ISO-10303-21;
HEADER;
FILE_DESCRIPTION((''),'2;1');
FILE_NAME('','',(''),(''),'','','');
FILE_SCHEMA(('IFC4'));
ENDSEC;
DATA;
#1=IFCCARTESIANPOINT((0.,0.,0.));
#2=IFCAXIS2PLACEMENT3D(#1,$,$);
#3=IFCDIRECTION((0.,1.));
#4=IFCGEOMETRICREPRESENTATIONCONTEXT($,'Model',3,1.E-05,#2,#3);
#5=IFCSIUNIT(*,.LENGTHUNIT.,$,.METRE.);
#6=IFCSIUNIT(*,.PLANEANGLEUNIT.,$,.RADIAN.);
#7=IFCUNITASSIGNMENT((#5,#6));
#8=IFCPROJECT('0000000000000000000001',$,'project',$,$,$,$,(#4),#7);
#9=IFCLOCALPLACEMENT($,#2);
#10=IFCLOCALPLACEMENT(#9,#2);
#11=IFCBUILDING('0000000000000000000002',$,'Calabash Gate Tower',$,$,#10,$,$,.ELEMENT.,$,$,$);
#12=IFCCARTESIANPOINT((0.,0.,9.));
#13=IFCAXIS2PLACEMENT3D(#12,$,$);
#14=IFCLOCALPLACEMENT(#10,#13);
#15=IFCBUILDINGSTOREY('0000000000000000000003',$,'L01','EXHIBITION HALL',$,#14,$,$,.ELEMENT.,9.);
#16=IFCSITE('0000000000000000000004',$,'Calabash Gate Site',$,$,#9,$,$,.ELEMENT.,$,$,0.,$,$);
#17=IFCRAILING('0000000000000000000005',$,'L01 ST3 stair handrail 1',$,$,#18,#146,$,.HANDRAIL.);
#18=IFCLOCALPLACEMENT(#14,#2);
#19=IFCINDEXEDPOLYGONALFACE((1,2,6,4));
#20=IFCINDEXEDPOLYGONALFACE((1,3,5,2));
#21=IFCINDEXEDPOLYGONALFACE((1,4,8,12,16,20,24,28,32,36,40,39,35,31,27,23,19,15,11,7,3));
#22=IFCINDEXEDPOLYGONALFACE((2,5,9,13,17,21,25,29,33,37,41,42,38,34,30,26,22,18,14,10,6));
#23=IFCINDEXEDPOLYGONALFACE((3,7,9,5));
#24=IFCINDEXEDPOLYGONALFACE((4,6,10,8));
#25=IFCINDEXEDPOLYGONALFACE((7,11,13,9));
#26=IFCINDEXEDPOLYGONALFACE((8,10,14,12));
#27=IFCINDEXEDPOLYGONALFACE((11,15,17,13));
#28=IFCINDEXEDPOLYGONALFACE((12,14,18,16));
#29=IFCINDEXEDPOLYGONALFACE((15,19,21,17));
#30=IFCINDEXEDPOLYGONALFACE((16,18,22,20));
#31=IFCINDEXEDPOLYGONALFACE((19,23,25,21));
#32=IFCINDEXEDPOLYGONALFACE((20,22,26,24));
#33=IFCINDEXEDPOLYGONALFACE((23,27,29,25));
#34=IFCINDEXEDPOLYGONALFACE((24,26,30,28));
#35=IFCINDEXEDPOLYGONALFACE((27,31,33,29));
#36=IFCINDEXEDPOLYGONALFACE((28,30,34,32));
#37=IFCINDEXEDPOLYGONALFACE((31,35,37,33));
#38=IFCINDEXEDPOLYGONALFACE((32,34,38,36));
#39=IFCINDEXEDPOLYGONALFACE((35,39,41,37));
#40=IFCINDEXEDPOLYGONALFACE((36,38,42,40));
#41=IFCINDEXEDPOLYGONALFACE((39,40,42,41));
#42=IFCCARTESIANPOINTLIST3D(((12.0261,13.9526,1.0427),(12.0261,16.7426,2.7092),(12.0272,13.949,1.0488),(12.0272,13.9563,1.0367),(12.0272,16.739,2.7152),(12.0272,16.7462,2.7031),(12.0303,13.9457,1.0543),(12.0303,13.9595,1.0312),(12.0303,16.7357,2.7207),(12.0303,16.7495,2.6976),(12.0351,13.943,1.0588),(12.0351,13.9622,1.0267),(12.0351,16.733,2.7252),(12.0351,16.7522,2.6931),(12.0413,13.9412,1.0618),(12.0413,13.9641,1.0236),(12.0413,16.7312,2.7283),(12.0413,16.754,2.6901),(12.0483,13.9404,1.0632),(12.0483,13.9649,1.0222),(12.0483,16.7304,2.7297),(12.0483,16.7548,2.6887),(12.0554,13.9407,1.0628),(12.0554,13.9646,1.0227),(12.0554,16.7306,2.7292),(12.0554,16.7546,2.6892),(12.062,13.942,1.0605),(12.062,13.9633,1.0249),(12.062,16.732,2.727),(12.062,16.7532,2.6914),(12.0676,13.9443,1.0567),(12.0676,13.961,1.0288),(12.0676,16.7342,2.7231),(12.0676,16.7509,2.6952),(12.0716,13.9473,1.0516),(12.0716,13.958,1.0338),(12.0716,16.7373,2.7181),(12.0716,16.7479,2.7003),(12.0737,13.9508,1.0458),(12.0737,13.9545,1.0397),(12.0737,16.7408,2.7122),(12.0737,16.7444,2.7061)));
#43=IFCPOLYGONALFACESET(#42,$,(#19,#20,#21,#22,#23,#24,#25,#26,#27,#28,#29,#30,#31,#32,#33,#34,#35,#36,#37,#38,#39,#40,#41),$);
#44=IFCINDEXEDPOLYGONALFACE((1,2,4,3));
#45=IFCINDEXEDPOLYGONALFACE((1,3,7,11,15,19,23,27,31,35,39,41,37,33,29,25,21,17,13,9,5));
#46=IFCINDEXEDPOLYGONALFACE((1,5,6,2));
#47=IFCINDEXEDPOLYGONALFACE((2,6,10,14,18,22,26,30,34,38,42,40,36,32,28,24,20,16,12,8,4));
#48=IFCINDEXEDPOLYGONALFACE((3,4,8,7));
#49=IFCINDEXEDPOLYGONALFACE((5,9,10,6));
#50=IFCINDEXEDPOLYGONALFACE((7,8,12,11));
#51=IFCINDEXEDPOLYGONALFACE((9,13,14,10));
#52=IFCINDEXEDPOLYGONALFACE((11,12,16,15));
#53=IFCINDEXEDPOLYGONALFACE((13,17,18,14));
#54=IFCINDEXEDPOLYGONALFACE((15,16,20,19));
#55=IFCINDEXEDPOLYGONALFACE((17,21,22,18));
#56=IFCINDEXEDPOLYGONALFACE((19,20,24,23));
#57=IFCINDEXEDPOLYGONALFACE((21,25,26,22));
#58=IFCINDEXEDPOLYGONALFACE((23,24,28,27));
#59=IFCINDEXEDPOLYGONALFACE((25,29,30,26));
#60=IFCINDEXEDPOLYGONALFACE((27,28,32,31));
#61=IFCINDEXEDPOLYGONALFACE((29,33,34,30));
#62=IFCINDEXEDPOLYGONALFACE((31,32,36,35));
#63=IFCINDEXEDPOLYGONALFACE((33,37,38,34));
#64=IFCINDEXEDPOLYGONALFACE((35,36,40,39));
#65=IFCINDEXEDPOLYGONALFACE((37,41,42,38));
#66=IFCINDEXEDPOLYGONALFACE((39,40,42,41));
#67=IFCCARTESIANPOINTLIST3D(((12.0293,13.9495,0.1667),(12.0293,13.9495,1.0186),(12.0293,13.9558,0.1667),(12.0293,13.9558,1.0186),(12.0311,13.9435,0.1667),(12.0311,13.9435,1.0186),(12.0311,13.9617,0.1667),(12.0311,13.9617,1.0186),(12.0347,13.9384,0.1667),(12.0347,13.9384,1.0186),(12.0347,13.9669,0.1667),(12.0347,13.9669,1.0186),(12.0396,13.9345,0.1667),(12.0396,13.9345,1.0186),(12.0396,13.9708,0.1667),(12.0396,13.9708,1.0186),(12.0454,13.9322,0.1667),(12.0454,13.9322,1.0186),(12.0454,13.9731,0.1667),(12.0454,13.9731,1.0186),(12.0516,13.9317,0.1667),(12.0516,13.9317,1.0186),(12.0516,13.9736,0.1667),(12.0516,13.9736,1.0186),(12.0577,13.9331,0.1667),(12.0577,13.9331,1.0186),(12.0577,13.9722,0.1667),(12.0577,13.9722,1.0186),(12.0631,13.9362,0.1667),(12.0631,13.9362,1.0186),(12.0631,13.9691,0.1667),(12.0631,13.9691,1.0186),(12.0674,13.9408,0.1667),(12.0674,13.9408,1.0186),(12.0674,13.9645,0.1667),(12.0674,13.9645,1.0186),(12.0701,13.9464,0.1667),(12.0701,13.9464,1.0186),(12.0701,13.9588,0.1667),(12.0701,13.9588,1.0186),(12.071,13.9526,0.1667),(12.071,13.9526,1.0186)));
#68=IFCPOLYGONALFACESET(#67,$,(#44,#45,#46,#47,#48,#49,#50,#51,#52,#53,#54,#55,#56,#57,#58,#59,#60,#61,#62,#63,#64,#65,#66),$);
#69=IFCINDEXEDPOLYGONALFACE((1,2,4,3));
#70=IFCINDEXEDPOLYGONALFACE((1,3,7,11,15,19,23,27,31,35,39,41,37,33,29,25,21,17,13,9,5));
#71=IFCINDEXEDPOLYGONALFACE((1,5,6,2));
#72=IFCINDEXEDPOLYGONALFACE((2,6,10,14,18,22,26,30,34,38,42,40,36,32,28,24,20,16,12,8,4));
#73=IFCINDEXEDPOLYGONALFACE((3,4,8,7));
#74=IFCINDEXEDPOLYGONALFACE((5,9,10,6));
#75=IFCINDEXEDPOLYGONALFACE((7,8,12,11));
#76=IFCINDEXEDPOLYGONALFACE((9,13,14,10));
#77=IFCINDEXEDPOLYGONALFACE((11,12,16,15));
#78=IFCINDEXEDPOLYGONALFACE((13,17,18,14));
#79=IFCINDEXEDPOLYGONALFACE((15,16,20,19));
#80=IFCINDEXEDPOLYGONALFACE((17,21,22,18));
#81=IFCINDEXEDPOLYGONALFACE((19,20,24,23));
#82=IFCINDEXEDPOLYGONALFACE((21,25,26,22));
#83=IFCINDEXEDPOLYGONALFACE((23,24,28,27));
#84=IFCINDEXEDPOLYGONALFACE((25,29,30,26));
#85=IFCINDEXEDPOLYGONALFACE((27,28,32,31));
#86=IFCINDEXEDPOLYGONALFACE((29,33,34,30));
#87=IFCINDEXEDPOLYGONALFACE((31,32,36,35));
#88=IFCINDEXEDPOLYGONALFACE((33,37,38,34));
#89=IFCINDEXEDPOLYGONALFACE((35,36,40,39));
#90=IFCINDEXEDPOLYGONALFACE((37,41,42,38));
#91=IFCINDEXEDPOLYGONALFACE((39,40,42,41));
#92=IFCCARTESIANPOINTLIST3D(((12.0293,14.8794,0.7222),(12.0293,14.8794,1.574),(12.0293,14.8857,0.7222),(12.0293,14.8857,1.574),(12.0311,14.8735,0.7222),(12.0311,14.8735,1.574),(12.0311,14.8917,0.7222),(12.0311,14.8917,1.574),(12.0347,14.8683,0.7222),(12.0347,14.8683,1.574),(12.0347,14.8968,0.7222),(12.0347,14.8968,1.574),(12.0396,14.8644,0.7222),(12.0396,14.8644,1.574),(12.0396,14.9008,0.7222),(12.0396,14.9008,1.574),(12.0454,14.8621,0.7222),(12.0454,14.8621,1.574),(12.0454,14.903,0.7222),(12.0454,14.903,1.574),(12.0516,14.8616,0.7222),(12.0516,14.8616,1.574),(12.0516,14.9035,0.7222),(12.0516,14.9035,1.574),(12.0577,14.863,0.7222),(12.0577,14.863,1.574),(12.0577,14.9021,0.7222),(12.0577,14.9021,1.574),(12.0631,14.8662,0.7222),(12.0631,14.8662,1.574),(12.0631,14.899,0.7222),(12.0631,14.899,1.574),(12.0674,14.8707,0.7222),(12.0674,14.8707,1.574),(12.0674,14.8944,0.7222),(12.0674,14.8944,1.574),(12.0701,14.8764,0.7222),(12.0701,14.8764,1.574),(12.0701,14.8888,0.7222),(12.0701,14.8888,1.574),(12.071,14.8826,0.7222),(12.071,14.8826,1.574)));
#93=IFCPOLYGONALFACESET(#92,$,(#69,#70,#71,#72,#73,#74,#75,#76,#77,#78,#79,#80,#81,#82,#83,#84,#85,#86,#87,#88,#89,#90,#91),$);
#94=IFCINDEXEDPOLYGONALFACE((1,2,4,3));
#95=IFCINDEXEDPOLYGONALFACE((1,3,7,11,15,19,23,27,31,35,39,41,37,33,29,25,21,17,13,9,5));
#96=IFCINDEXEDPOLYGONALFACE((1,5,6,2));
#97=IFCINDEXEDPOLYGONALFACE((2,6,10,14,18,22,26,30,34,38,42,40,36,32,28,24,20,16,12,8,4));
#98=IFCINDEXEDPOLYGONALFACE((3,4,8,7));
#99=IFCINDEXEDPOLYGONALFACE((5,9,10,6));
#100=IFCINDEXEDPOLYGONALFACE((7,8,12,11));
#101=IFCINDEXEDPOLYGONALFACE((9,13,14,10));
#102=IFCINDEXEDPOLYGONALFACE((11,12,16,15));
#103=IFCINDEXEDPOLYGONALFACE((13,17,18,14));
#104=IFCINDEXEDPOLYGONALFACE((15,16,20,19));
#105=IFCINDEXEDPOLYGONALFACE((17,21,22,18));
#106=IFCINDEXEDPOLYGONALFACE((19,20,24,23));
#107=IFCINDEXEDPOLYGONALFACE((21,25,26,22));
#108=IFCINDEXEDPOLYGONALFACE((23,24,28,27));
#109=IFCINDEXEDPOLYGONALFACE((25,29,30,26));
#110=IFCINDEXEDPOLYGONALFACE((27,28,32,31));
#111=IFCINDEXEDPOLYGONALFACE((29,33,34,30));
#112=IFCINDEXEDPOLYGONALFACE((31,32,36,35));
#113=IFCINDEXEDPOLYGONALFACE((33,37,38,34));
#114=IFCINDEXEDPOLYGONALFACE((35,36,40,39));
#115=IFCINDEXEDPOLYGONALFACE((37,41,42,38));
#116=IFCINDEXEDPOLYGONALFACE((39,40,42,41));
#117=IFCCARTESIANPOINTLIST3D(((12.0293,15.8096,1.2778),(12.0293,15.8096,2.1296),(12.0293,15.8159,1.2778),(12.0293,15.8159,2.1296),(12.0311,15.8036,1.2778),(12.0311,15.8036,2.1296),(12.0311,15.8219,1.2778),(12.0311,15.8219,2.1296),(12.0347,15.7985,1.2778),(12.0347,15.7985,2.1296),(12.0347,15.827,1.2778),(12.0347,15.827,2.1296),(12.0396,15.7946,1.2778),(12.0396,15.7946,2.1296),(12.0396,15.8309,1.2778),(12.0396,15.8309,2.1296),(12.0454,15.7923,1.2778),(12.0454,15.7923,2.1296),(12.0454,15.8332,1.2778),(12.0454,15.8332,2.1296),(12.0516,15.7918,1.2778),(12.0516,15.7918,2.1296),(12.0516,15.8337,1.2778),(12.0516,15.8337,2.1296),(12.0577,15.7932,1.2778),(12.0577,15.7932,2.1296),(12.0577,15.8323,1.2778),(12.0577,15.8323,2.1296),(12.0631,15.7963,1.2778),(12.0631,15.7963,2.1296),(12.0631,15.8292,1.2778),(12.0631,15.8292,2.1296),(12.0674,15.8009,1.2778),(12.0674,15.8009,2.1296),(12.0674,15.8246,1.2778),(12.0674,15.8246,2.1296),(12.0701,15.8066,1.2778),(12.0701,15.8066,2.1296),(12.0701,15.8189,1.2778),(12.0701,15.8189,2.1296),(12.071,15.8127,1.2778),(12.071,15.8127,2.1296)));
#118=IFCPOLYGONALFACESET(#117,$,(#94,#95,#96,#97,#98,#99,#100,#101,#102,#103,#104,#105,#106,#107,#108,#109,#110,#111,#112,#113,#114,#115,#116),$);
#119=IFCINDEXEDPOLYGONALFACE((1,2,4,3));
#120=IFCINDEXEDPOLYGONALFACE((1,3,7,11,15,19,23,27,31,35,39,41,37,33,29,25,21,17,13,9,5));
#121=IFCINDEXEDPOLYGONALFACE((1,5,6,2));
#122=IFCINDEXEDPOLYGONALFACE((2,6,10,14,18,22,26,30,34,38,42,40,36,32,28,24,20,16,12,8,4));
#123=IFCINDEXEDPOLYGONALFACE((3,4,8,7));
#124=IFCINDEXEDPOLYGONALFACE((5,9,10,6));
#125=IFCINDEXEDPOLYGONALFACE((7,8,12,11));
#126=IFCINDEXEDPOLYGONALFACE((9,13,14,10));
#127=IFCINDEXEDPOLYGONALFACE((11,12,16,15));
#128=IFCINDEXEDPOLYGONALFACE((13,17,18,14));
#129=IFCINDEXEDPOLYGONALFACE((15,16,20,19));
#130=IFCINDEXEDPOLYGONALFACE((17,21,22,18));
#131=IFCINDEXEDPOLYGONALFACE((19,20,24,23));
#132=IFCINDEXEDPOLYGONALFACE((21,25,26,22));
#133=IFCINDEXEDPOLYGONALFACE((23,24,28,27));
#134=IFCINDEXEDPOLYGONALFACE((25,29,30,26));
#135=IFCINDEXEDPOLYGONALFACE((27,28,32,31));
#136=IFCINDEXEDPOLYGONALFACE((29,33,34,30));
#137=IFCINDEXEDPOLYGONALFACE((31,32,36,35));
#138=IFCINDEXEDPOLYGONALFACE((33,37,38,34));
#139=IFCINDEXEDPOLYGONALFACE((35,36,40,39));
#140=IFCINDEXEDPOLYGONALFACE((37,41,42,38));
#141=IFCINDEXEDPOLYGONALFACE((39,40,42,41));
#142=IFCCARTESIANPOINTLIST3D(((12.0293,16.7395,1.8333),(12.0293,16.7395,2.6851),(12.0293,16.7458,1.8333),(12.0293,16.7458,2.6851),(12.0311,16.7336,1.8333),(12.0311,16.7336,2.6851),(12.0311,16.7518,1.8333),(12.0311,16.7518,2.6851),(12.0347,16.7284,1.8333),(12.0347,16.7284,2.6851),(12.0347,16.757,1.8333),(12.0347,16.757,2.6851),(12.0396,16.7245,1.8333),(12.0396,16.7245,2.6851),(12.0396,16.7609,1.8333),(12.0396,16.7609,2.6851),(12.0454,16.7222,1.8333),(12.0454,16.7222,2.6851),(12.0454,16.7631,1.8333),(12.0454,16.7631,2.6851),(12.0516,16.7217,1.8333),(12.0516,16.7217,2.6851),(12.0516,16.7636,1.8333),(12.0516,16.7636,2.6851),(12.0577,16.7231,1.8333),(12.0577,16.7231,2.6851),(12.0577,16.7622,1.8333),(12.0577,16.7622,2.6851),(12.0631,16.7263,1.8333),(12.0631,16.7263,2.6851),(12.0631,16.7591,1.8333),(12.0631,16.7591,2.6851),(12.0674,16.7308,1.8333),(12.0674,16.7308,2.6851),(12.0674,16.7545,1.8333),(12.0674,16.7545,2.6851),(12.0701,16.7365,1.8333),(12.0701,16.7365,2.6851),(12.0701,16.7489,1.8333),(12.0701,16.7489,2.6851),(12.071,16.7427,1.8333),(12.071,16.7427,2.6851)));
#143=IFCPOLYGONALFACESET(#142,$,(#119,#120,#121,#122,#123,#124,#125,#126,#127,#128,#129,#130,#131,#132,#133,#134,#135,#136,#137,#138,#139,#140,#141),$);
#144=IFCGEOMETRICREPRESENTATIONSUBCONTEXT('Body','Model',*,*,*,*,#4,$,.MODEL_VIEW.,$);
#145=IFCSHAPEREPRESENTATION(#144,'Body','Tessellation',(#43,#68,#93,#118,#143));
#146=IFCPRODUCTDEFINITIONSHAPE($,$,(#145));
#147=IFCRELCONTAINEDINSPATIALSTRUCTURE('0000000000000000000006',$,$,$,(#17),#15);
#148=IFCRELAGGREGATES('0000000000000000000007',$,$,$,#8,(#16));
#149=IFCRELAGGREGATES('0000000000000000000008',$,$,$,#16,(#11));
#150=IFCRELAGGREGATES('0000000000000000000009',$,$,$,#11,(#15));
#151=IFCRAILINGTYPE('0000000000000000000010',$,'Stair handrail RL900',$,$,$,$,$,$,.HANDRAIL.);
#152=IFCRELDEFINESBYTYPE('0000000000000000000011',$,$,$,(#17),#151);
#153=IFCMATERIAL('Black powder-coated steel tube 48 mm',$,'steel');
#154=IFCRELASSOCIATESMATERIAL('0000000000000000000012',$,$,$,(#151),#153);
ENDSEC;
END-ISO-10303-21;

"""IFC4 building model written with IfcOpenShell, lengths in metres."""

from ifc_helpers import new_model, si_unit, direction, frame, origin, origin_2d, place, context, subcontext, project, spatial, circle, extrude, material, type_object, element, save


model = new_model("IFC4")

# Units and contexts
model_context = context("Model", 3, precision=1e-05, world=origin(), true_north=direction((0.0, 1.0)))
body_context = subcontext(model_context, "Body", "Model", "MODEL_VIEW")
ifc_project = project(units=[si_unit("LENGTHUNIT", "METRE"), si_unit("PLANEANGLEUNIT", "RADIAN")], contexts=[model_context])

# Site, building, storey
site_placement = place(None, origin())
site = spatial("IfcSite", under=ifc_project, at=site_placement, Name="Calabash Gate Site", CompositionType="ELEMENT", RefElevation=0.0)
building_placement = place(site_placement, origin())
building = spatial("IfcBuilding", under=site, at=building_placement, Name="Calabash Gate Tower", CompositionType="ELEMENT")
storey_placement = place(building_placement, frame((0.0, 0.0, 9.0)))
storey = spatial("IfcBuildingStorey", under=building, at=storey_placement, Name="L01", Description="EXHIBITION HALL", CompositionType="ELEMENT", Elevation=9.0)

# Railing
ifc_material_1 = material(Name="Black powder-coated steel tube 48 mm", Category="steel")
railing_type_1 = type_object("IfcRailingType", Name="Stair handrail RL900", PredefinedType="HANDRAIL", material=ifc_material_1)
railing_1_placement = place(storey_placement, frame((12.05, 13.9526, 0.1667)))
element("IfcRailing", 1, at=railing_1_placement, inside=storey, type_object=railing_type_1, Name="L01 ST3 stair handrail 1", PredefinedType="HANDRAIL", context=body_context, shape_type="SweptSolid", body=[
    extrude(circle(Radius=0.0239, at=origin_2d()), frame((0.0, 0.0, 0.876), z_axis=(0.0, 0.858512, 0.512793), x_axis=(-1.0, 0.0, 0.0)), (0.0, 0.0, 1.0), 3.2498),
    extrude(circle(Radius=0.021, at=origin_2d()), origin(), (0.0, 0.0, 1.0), 0.8518),
    extrude(circle(Radius=0.021, at=origin_2d()), frame((0.0, 0.9299, 0.5554)), (0.0, 0.0, 1.0), 0.8518),
    extrude(circle(Radius=0.021, at=origin_2d()), frame((0.0, 1.8601, 1.1111)), (0.0, 0.0, 1.0), 0.8518),
    extrude(circle(Radius=0.021, at=origin_2d()), frame((0.0, 2.79, 1.6665)), (0.0, 0.0, 1.0), 0.8518),
])

save(model, "model.ifc")
